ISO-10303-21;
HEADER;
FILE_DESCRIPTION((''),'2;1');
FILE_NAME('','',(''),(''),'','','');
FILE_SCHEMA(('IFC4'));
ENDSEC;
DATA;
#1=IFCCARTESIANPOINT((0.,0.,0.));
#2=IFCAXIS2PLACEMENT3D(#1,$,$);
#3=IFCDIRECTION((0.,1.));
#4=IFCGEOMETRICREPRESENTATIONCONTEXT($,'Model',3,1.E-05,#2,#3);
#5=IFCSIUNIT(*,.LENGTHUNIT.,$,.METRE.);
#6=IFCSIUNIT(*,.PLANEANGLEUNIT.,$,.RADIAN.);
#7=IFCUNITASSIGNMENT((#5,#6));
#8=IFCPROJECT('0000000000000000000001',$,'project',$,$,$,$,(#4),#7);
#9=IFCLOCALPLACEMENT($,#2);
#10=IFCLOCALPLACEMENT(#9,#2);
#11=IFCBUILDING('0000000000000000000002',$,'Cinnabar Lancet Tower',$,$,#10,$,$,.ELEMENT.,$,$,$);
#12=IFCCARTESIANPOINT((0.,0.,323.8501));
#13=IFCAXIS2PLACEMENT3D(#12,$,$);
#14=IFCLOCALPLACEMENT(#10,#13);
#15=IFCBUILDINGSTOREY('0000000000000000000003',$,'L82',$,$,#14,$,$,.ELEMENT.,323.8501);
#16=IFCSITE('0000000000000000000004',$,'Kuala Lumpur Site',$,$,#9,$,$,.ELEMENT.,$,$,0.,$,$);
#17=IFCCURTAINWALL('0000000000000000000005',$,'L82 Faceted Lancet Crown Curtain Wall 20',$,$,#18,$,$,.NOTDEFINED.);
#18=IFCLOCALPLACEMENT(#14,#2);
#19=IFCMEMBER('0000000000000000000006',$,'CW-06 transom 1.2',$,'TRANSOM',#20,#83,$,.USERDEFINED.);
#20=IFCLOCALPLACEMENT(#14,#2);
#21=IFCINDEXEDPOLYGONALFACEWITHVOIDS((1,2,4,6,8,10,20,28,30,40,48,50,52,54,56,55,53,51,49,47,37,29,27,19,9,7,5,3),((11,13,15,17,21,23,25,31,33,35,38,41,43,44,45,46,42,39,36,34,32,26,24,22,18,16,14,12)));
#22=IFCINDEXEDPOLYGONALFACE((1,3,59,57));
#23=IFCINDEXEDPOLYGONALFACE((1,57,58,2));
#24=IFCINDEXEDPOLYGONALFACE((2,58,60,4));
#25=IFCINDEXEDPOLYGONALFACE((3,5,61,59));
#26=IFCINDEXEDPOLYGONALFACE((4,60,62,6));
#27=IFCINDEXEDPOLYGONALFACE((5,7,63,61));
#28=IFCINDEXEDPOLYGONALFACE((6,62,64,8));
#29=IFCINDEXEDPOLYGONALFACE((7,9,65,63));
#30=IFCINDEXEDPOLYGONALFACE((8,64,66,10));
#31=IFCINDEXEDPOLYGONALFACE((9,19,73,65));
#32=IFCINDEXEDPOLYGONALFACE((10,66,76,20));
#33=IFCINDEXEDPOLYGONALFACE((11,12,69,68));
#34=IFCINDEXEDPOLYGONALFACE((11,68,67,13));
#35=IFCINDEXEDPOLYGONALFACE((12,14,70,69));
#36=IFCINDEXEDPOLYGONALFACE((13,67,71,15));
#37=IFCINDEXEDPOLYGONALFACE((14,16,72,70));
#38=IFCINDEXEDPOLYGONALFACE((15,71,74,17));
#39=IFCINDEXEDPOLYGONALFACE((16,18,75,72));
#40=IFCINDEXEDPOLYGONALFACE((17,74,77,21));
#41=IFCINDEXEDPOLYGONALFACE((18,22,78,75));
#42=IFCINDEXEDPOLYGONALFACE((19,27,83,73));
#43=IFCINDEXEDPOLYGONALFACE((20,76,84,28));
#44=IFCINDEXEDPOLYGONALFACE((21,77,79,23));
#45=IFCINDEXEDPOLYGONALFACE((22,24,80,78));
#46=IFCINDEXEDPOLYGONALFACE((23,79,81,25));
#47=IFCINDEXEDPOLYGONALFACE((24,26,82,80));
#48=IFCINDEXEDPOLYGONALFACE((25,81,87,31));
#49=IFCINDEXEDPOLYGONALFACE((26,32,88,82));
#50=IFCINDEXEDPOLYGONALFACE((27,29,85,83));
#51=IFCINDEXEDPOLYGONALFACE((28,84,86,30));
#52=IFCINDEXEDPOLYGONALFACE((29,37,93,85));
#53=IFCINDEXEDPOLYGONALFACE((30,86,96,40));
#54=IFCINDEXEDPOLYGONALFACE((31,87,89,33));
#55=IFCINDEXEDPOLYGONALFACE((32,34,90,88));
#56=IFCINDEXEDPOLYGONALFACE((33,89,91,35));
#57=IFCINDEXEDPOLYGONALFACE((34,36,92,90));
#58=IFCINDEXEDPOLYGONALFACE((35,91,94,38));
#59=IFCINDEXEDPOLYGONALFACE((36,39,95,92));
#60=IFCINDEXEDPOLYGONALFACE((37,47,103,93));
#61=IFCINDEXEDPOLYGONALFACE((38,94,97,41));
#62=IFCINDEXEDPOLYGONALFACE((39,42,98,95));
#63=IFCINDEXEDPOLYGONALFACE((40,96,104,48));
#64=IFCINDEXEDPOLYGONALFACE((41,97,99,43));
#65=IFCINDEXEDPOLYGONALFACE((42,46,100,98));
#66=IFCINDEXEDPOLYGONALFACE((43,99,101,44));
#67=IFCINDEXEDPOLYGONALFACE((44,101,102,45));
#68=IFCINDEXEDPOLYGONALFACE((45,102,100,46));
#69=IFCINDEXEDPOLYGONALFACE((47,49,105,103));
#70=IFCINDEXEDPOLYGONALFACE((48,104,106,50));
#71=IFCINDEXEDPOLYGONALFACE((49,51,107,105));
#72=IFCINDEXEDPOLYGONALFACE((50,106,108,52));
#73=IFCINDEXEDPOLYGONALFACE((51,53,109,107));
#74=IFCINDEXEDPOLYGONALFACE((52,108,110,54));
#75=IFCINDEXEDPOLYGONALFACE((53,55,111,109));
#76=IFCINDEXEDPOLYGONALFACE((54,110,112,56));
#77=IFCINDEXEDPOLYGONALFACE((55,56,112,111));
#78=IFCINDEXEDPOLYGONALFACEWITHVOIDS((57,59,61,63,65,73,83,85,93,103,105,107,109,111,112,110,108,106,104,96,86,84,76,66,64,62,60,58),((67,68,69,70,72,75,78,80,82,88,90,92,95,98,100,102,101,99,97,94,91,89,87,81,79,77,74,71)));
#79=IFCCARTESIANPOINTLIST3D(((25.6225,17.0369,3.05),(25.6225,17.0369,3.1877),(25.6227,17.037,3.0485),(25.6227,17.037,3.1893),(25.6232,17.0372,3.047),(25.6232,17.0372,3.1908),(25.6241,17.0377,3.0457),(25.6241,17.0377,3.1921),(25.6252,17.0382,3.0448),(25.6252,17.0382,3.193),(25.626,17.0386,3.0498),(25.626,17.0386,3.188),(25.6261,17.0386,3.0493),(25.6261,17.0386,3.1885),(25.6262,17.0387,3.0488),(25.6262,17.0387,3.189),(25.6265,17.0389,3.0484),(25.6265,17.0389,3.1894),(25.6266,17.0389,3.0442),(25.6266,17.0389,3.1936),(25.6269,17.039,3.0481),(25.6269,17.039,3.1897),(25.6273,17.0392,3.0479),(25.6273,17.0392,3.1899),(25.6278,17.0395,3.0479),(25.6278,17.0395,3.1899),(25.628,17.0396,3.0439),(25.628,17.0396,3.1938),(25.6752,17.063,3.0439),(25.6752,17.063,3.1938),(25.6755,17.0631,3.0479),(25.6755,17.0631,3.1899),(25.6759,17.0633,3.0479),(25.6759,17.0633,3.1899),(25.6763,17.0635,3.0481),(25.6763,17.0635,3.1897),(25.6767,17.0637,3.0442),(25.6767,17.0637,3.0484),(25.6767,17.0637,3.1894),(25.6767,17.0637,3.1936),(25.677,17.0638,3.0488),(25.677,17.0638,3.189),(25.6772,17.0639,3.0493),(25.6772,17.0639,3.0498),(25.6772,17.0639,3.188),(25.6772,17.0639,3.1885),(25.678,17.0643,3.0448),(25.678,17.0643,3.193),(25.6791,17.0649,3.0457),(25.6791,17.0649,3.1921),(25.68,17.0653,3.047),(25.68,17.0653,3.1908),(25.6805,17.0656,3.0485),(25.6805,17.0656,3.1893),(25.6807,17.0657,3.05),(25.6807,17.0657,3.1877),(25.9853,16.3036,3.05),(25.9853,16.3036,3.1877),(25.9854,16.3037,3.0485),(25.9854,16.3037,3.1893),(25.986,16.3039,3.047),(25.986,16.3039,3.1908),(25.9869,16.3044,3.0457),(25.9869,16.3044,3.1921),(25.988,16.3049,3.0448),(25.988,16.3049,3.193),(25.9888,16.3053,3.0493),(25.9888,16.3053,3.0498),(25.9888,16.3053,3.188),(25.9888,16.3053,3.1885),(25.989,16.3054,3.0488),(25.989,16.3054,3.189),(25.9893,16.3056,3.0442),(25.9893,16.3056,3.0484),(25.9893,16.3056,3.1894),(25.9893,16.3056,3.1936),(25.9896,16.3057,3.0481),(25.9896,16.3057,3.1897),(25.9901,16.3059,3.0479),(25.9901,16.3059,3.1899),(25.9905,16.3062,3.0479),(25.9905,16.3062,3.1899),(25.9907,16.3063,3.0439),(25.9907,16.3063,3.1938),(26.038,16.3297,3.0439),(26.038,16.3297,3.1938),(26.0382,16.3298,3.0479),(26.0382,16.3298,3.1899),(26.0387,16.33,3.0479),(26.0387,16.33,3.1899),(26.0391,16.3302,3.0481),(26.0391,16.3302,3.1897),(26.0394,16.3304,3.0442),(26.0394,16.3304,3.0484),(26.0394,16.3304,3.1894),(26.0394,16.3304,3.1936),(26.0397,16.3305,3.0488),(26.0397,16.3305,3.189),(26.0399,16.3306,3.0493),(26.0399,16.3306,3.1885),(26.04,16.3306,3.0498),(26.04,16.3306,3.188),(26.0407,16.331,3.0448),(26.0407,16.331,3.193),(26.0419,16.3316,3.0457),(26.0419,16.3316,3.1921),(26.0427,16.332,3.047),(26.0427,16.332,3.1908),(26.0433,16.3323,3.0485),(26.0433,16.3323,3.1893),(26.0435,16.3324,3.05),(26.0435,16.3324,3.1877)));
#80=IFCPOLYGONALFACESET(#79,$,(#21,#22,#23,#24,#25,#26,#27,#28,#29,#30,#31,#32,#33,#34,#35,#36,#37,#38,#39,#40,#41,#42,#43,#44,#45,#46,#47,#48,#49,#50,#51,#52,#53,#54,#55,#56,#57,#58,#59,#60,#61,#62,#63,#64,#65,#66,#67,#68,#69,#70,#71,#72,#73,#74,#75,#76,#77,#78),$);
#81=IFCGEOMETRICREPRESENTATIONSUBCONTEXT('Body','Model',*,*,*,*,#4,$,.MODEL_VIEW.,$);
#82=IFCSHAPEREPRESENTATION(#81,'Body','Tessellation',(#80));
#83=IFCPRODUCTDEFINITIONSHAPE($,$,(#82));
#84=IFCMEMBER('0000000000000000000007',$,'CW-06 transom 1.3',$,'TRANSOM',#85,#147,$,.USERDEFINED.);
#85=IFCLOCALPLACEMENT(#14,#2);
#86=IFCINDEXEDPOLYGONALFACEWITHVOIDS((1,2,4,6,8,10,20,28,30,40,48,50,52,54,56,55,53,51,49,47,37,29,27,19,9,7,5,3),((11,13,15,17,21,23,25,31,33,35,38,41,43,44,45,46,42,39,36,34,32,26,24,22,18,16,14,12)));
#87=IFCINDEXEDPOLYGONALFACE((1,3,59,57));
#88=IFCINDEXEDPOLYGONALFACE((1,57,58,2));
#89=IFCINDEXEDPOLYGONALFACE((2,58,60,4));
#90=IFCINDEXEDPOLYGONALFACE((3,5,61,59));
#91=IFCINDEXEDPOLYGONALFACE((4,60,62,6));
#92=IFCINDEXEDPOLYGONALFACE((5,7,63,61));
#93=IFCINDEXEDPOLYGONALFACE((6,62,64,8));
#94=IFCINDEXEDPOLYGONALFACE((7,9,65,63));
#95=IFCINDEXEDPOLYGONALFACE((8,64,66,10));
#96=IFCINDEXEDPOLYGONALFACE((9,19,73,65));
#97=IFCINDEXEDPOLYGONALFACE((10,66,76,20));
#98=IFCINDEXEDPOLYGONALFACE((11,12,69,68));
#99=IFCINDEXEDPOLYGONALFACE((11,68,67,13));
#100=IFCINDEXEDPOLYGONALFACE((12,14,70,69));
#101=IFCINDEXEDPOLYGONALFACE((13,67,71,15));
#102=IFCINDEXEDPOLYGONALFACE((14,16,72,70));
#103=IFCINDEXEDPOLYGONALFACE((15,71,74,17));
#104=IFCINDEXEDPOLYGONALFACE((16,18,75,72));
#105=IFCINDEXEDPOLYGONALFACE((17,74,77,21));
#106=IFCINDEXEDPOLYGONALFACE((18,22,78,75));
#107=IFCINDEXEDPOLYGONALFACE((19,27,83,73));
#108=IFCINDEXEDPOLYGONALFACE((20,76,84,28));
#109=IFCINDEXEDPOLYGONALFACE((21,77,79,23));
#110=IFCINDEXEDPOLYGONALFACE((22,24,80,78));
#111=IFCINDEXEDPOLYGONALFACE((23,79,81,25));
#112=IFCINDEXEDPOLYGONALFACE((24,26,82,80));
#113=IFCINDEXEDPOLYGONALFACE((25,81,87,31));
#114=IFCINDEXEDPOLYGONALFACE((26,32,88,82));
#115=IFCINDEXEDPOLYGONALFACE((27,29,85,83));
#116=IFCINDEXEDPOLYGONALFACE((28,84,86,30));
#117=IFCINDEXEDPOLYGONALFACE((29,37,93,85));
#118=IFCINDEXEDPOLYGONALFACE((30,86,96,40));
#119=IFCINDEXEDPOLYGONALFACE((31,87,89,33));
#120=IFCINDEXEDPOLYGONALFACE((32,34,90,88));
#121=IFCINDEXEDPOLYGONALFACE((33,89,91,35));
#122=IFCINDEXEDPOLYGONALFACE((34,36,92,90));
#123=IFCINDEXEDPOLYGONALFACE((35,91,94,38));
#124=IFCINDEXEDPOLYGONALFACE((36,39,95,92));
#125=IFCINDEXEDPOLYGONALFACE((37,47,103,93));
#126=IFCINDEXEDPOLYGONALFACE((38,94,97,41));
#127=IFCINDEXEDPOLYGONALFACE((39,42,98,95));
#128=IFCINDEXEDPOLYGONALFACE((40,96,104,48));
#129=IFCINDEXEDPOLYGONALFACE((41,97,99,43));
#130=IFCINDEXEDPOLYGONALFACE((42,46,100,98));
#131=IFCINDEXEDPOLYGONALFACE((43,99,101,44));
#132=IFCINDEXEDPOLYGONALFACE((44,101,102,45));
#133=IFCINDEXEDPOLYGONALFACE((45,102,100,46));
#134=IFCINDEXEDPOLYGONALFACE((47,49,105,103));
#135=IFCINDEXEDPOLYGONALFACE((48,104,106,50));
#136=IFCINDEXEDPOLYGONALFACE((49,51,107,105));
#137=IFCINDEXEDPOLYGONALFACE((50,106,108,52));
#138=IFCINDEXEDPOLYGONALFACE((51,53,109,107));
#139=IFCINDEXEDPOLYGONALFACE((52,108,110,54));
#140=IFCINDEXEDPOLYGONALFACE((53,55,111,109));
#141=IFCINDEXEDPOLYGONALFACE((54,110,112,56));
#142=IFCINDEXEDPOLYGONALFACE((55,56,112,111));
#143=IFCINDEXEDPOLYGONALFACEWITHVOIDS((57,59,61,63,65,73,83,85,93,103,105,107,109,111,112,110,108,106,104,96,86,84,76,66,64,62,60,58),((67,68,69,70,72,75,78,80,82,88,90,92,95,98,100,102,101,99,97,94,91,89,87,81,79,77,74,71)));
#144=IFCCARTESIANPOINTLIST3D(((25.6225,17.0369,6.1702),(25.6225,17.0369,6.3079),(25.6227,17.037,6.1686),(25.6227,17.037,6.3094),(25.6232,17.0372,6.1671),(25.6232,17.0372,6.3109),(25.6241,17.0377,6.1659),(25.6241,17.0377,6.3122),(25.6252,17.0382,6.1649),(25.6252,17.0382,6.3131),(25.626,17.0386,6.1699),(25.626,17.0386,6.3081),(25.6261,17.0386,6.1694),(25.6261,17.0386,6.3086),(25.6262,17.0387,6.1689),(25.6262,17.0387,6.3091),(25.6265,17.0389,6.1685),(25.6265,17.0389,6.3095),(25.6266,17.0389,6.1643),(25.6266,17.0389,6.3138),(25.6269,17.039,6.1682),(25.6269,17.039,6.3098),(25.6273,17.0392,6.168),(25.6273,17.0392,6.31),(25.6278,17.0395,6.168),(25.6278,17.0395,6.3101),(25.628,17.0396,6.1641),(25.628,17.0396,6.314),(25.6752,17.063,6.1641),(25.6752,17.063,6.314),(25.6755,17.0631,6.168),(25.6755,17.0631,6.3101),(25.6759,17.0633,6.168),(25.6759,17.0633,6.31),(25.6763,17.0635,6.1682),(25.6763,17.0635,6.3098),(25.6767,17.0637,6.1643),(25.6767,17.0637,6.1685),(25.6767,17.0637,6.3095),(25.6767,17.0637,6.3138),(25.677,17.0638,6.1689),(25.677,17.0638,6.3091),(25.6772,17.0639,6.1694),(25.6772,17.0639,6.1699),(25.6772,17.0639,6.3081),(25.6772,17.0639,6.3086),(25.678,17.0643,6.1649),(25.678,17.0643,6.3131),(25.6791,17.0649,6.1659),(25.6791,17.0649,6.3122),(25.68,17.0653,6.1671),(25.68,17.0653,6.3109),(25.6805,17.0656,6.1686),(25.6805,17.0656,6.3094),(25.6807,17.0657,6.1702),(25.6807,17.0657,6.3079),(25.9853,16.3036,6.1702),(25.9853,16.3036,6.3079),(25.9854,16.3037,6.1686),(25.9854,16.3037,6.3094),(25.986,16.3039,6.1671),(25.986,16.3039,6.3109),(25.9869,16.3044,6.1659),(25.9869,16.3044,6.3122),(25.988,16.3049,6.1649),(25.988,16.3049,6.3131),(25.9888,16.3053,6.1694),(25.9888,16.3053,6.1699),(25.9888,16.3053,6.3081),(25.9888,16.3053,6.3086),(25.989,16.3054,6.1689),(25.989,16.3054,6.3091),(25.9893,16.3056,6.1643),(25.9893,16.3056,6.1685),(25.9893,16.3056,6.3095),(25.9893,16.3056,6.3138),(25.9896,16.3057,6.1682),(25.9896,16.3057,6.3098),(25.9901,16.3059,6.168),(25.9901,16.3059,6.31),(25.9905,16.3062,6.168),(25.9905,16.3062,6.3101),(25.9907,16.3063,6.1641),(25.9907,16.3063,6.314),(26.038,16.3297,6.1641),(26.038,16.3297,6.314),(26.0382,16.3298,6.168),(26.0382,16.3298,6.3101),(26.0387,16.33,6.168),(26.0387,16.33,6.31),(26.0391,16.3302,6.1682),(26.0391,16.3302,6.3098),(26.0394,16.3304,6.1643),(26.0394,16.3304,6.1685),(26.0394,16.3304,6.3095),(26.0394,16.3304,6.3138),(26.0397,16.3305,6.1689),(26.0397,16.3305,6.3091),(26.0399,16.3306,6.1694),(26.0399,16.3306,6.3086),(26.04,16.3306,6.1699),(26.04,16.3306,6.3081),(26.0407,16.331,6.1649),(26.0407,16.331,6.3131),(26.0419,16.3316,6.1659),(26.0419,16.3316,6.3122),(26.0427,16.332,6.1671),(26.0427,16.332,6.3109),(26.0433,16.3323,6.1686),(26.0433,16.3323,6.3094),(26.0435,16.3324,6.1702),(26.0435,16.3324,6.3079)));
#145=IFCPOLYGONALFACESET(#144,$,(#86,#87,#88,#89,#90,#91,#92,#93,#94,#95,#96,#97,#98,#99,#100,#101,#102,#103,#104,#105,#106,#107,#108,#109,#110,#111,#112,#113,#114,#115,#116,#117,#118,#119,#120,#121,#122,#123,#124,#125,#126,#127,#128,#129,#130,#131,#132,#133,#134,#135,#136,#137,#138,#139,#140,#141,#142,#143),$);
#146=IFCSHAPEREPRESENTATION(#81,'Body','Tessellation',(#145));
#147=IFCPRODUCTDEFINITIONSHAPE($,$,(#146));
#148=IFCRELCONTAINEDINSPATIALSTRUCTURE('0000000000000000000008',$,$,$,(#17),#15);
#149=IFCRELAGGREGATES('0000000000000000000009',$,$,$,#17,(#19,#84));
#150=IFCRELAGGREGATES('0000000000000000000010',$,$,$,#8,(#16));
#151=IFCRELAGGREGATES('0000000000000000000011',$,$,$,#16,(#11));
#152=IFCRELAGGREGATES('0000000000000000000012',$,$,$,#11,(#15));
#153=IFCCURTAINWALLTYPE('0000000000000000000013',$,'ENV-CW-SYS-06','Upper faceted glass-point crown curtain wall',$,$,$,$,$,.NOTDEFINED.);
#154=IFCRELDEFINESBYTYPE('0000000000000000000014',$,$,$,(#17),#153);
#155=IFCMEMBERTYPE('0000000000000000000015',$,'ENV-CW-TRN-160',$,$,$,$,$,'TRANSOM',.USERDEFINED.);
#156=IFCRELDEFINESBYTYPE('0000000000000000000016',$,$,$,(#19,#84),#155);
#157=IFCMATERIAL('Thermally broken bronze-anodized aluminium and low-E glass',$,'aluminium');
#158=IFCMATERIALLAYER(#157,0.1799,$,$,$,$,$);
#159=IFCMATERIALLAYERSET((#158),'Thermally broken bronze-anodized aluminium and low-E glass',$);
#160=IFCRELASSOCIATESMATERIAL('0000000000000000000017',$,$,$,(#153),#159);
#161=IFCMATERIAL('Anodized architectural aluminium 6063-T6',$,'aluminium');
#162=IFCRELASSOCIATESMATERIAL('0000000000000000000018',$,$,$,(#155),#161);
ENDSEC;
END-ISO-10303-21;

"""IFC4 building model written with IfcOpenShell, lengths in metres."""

from ifc_helpers import new_model, si_unit, direction, frame, origin, origin_2d, place, context, subcontext, project, spatial, hollow_rectangle, extrude, material, layer, layer_set, material_profile, profile_set, type_object, element, aggregate, save


model = new_model("IFC4")

# Units and contexts
model_context = context("Model", 3, precision=1e-05, world=origin(), true_north=direction((0.0, 1.0)))
body_context = subcontext(model_context, "Body", "Model", "MODEL_VIEW")
ifc_project = project(units=[si_unit("LENGTHUNIT", "METRE"), si_unit("PLANEANGLEUNIT", "RADIAN")], contexts=[model_context])

# Site, building, storey
site_placement = place(None, origin())
site = spatial("IfcSite", under=ifc_project, at=site_placement, Name="Kuala Lumpur Site", CompositionType="ELEMENT", RefElevation=0.0)
building_placement = place(site_placement, origin())
building = spatial("IfcBuilding", under=site, at=building_placement, Name="Cinnabar Lancet Tower", CompositionType="ELEMENT")
storey_placement = place(building_placement, frame((0.0, 0.0, 323.8501)))
storey = spatial("IfcBuildingStorey", under=building, at=storey_placement, Name="L82", CompositionType="ELEMENT", Elevation=323.8501)

# Shared definitions
ifc_material_1 = material(Name="Thermally broken bronze-anodized aluminium and low-E glass", Category="aluminium")
ifc_layer_1 = layer(ifc_material_1, 0.1799)
ifc_layer_set_1 = layer_set([ifc_layer_1], Name="Thermally broken bronze-anodized aluminium and low-E glass")
curtain_wall_type = type_object("IfcCurtainWallType", Name="ENV-CW-SYS-06", Description="Upper faceted glass-point crown curtain wall", PredefinedType="NOTDEFINED", material=ifc_layer_set_1)

# Curtain wall
curtain_wall_1_placement = place(storey_placement, origin())
curtain_wall_1 = element("IfcCurtainWall", 1, at=curtain_wall_1_placement, inside=storey, type_object=curtain_wall_type, Name="L82 Faceted Lancet Crown Curtain Wall 20", PredefinedType="NOTDEFINED")

# Members
ifc_material_2 = material(Name="Anodized architectural aluminium 6063-T6", Category="aluminium")
ifc_material_profile_1 = material_profile(ifc_material_2, hollow_rectangle(XDim=0.0649, YDim=0.1499, WallThickness=0.0039, InnerFilletRadius=0.002, OuterFilletRadius=0.0061, at=origin_2d()), Name="CW-TRN 150x65x4")
ifc_profile_set_1 = profile_set([ifc_material_profile_1], Name="Anodized architectural aluminium 6063-T6")
member_type_1 = type_object("IfcMemberType", Name="ENV-CW-TRN-160", ElementType="TRANSOM", PredefinedType="USERDEFINED", material=ifc_profile_set_1)
member_1_placement = place(storey_placement, frame((25.6516, 17.0513, 3.1189), z_axis=(0.44339, -0.896329, 0.0), x_axis=(0.896329, 0.44339, 0.0)))
member_1 = element("IfcMember", 2, at=member_1_placement, type_object=member_type_1, Name="CW-06 transom 1.2", ObjectType="TRANSOM", PredefinedType="USERDEFINED", context=body_context, shape_type="SweptSolid", body=[
    extrude(hollow_rectangle(XDim=0.0649, YDim=0.1499, WallThickness=0.0039, InnerFilletRadius=0.002, OuterFilletRadius=0.0061, at=origin_2d()), origin(), (0.0, 0.0, 1.0), 0.8181),
])
member_2_placement = place(storey_placement, frame((25.6516, 17.0513, 6.239), z_axis=(0.44339, -0.896329, 0.0), x_axis=(0.896329, 0.44339, 0.0)))
member_2 = element("IfcMember", 3, at=member_2_placement, type_object=member_type_1, Name="CW-06 transom 1.3", ObjectType="TRANSOM", PredefinedType="USERDEFINED", context=body_context, shape_type="SweptSolid", body=[
    extrude(hollow_rectangle(XDim=0.0649, YDim=0.1499, WallThickness=0.0039, InnerFilletRadius=0.002, OuterFilletRadius=0.0061, at=origin_2d()), origin(), (0.0, 0.0, 1.0), 0.8181),
])

aggregate(curtain_wall_1, [member_1, member_2])

save(model, "model.ifc")
